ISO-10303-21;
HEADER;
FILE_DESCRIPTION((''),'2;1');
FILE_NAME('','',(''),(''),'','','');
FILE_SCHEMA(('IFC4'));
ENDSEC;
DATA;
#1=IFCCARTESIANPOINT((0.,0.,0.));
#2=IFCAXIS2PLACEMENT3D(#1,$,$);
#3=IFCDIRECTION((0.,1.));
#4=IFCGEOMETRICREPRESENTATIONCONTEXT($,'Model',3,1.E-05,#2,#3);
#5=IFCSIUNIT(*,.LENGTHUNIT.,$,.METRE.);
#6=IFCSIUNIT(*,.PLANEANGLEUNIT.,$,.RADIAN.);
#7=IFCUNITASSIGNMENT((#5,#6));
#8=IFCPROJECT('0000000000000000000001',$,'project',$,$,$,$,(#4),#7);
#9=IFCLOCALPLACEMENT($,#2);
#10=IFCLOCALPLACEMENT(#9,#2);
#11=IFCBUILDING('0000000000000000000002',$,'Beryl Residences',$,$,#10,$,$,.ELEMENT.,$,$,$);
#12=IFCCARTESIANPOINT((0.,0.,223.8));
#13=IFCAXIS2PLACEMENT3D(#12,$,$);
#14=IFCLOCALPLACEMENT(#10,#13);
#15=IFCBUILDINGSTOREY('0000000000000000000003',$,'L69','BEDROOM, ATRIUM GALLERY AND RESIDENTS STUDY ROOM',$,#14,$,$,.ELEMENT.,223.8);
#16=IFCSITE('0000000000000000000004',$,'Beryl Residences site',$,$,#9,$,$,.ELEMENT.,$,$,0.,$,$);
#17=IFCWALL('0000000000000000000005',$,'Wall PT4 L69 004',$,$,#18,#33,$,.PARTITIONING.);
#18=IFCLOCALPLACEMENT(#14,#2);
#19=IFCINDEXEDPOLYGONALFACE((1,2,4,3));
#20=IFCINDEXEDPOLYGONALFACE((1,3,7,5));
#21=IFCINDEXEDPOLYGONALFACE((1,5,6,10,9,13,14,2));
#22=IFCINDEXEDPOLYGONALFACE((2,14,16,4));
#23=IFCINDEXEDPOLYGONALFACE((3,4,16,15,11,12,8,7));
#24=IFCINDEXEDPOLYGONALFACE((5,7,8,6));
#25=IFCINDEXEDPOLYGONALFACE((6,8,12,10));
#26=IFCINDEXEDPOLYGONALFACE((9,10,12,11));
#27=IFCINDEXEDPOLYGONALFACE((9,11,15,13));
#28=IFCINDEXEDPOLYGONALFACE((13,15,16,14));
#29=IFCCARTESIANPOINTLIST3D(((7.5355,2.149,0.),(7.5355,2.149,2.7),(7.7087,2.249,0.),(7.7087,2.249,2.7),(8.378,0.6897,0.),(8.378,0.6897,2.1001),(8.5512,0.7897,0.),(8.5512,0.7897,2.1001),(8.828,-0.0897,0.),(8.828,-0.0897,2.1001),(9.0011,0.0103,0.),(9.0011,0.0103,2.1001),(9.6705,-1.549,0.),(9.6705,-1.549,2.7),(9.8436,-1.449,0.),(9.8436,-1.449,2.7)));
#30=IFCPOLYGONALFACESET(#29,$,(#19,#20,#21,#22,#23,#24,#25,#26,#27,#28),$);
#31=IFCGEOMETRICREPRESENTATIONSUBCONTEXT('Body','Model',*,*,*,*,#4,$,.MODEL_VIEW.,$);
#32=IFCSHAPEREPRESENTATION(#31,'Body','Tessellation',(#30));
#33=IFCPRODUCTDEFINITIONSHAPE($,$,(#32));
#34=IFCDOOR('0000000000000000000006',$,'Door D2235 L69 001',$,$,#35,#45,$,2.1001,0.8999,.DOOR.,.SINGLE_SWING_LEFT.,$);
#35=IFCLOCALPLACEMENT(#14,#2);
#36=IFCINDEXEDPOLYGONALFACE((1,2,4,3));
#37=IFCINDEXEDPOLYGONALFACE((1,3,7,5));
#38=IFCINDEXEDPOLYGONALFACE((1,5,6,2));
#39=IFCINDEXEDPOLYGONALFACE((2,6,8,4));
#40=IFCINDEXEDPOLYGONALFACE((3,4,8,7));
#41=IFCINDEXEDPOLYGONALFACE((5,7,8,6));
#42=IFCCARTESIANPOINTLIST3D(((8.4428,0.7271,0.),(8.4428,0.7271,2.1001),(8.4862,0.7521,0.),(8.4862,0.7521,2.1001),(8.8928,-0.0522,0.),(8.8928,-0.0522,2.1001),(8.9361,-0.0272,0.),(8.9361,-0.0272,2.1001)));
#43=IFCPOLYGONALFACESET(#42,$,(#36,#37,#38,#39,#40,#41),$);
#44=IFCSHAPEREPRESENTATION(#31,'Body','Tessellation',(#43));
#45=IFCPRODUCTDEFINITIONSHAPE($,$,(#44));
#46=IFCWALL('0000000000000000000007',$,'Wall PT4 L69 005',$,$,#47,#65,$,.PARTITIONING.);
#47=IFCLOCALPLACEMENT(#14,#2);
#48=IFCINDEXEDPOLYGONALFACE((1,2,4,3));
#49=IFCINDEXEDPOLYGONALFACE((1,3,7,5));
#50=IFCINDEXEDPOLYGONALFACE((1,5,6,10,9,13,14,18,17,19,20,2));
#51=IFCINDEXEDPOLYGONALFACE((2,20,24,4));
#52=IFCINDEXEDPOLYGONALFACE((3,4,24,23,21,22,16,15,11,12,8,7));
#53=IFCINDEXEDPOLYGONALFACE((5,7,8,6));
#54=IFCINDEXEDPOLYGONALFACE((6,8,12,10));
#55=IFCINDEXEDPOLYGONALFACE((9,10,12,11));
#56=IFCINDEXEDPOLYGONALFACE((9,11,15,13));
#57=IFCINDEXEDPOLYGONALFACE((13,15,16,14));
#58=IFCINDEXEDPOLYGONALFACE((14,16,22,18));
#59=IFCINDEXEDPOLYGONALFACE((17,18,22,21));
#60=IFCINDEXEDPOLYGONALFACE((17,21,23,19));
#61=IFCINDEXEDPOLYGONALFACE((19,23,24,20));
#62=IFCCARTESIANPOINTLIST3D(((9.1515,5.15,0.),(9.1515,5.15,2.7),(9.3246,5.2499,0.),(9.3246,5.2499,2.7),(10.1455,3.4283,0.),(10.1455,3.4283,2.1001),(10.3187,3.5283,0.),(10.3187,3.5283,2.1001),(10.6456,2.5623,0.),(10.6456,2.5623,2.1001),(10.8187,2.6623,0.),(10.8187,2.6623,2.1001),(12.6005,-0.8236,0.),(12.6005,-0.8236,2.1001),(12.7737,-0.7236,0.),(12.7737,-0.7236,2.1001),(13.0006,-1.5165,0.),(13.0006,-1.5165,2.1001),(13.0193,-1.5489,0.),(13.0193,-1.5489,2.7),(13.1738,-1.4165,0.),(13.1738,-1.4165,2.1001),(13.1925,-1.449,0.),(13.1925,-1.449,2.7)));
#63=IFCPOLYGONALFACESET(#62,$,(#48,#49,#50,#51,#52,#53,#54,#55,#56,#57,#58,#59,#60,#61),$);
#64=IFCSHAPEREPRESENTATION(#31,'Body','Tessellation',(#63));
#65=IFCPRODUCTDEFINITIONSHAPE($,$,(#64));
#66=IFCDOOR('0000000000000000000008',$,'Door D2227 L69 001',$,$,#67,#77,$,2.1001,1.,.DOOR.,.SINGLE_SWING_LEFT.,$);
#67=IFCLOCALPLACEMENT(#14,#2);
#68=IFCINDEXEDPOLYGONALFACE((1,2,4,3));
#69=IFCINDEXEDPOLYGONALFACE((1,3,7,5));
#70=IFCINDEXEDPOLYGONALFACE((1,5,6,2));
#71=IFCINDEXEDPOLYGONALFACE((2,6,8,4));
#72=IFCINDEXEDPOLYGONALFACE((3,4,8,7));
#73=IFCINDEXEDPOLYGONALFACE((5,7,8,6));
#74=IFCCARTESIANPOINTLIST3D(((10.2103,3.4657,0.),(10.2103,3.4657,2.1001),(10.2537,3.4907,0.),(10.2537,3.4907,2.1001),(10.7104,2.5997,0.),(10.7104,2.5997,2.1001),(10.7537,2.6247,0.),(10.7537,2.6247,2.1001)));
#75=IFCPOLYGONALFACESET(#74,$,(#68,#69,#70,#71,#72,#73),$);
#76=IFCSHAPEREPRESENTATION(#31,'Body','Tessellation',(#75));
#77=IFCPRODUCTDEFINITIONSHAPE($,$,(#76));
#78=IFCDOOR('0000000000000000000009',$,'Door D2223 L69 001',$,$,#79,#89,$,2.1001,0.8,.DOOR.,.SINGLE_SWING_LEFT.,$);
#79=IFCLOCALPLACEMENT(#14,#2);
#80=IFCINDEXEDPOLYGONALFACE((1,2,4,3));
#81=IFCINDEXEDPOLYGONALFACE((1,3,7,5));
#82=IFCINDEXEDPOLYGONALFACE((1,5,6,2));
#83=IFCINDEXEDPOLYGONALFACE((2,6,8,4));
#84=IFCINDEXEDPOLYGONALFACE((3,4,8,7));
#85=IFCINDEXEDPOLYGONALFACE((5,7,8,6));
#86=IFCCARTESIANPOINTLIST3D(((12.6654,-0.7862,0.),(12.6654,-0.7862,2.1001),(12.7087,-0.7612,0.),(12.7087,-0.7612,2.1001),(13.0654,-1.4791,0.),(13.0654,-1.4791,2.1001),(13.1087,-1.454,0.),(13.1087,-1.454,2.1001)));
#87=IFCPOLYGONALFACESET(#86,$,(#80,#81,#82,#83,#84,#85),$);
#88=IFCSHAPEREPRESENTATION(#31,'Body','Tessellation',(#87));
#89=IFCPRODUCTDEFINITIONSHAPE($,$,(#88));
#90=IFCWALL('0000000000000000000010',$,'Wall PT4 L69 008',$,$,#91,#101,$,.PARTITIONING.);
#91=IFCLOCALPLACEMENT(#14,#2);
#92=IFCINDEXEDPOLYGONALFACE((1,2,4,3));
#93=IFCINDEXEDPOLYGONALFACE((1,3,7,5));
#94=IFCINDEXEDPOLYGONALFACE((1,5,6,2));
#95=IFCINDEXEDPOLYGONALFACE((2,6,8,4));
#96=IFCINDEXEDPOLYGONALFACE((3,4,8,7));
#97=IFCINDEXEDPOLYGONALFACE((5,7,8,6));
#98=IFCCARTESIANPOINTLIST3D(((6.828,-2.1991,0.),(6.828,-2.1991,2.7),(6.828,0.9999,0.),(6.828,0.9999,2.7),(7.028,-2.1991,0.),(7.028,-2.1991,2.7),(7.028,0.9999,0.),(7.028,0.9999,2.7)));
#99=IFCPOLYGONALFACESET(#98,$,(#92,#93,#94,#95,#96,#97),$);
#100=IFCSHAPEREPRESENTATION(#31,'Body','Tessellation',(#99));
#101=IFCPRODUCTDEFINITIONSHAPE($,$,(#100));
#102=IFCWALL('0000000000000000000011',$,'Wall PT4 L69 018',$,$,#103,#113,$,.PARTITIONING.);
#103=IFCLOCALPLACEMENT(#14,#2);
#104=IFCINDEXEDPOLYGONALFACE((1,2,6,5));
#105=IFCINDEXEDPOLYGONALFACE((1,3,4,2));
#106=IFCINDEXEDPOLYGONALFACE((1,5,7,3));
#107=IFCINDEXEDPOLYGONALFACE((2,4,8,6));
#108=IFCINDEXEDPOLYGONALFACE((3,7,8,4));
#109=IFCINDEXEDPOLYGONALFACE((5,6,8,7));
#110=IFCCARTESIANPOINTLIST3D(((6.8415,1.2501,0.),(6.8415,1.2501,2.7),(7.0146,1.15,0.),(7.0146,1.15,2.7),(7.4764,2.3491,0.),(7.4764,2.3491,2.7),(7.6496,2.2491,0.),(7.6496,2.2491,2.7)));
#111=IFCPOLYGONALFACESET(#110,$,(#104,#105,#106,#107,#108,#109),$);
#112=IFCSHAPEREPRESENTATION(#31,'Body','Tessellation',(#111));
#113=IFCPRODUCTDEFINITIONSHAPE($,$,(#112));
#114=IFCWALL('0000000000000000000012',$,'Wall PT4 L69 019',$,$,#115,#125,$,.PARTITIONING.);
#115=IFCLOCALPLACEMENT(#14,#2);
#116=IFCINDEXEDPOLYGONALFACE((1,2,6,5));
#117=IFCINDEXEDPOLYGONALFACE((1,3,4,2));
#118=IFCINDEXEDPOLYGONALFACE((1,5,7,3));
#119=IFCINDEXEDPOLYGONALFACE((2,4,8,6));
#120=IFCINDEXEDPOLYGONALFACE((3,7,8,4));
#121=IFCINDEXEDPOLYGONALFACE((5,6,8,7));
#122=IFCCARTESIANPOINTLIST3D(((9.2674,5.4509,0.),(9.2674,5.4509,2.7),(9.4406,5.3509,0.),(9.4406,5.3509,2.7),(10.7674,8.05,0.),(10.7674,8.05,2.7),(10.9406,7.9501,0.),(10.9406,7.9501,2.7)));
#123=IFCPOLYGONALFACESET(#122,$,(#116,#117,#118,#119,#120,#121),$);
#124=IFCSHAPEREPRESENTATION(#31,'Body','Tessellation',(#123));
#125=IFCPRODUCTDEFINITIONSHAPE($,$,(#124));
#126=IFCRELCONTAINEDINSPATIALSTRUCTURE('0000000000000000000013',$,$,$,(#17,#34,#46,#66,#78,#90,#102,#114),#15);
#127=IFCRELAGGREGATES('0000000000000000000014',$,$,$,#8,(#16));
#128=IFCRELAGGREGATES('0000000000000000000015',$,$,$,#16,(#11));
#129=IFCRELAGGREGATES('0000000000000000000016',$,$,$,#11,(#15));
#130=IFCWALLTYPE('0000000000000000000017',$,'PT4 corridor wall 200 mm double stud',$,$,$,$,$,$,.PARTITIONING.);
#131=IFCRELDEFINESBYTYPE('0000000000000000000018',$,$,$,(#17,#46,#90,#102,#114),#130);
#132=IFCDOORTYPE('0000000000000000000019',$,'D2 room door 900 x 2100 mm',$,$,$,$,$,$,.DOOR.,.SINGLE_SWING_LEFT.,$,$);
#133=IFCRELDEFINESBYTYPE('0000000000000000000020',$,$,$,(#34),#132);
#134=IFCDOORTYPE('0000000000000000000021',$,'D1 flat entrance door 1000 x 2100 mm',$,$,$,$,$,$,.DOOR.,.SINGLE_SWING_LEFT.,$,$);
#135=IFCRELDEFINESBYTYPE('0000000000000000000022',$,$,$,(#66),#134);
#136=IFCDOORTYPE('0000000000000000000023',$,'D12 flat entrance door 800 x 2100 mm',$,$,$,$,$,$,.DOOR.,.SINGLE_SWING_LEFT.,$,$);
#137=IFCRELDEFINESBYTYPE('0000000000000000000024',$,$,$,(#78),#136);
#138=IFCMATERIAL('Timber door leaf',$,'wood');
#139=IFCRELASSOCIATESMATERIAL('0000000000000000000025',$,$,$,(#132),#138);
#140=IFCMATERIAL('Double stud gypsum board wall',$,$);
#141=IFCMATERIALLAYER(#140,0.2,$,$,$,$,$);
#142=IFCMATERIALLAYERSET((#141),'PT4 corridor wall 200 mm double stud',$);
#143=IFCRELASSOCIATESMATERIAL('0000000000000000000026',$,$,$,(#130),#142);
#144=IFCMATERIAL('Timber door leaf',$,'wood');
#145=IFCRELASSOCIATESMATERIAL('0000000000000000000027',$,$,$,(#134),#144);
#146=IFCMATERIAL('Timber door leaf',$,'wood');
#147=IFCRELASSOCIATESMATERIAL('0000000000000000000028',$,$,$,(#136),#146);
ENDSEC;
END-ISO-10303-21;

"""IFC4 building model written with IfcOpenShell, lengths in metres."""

from ifc_helpers import new_model, si_unit, direction, frame, frame_2d, origin, place, context, subcontext, project, spatial, rectangle, extrude, material, layer, layer_set, type_object, element, fill, save


model = new_model("IFC4")

# Units and contexts
model_context = context("Model", 3, precision=1e-05, world=origin(), true_north=direction((0.0, 1.0)))
body_context = subcontext(model_context, "Body", "Model", "MODEL_VIEW")
ifc_project = project(units=[si_unit("LENGTHUNIT", "METRE"), si_unit("PLANEANGLEUNIT", "RADIAN")], contexts=[model_context])

# Site, building, storey
site_placement = place(None, origin())
site = spatial("IfcSite", under=ifc_project, at=site_placement, Name="Beryl Residences site", CompositionType="ELEMENT", RefElevation=0.0)
building_placement = place(site_placement, origin())
building = spatial("IfcBuilding", under=site, at=building_placement, Name="Beryl Residences", CompositionType="ELEMENT")
storey_placement = place(building_placement, frame((0.0, 0.0, 223.8)))
storey = spatial("IfcBuildingStorey", under=building, at=storey_placement, Name="L69", Description="BEDROOM, ATRIUM GALLERY AND RESIDENTS STUDY ROOM", CompositionType="ELEMENT", Elevation=223.8)

# Shared definitions
ifc_material_1 = material(Name="Timber door leaf", Category="wood")
door_type_1 = type_object("IfcDoorType", Name="D2 room door 900 x 2100 mm", OperationType="SINGLE_SWING_LEFT", PredefinedType="DOOR", material=ifc_material_1)

# Wall, opening, door
ifc_material_2 = material(Name="Double stud gypsum board wall")
ifc_layer_1 = layer(ifc_material_2, 0.2)
ifc_layer_set_1 = layer_set([ifc_layer_1], Name="PT4 corridor wall 200 mm double stud")
wall_type_1 = type_object("IfcWallType", Name="PT4 corridor wall 200 mm double stud", PredefinedType="PARTITIONING", material=ifc_layer_set_1)
wall_1_placement = place(storey_placement, frame((7.6221, 2.199, 0.0), z_axis=(0.0, 0.0, 1.0), x_axis=(0.499995, -0.866028, 0.0)))
wall_1 = element("IfcWall", 1, at=wall_1_placement, inside=storey, type_object=wall_type_1, Name="Wall PT4 L69 004", PredefinedType="PARTITIONING", context=body_context, shape_type="SweptSolid", body=[
    extrude(rectangle(XDim=4.27, YDim=0.2, at=frame_2d((2.135, 0.0))), origin(), (0.0, 0.0, 1.0), 2.7),
])
opening_1_placement = place(wall_1_placement, frame((1.6851, 0.0, 0.0)))
opening_1 = element("IfcOpeningElement", 2, at=opening_1_placement, cuts=wall_1, PredefinedType="OPENING", context=body_context, shape_type="SweptSolid", body=[
    extrude(rectangle(XDim=0.8999, YDim=2.1001, at=frame_2d((0.45, 1.05))), frame((0.0, 0.1099, 0.0), z_axis=(0.0, -1.0, 0.0), x_axis=(1.0, 0.0, 0.0)), (0.0, 0.0, 1.0), 0.22),
])
door_1_placement = place(opening_1_placement, origin())
door_1 = element("IfcDoor", 3, at=door_1_placement, inside=storey, type_object=door_type_1, Name="Door D2235 L69 001", OperationType="SINGLE_SWING_LEFT", OverallHeight=2.1001, OverallWidth=0.8999, PredefinedType="DOOR", context=body_context, shape_type="SweptSolid", body=[
    extrude(rectangle(XDim=0.8999, YDim=2.1001, at=frame_2d((0.45, 1.05))), frame((0.0, 0.0249, 0.0), z_axis=(0.0, -1.0, 0.0), x_axis=(1.0, 0.0, 0.0)), (0.0, 0.0, 1.0), 0.05),
])
fill(opening_1, door_1)

# Wall, openings, doors
wall_2_placement = place(storey_placement, frame((9.238, 5.2, 0.0), z_axis=(0.0, 0.0, 1.0), x_axis=(0.500026, -0.866011, 0.0)))
wall_2 = element("IfcWall", 4, at=wall_2_placement, inside=storey, type_object=wall_type_1, Name="Wall PT4 L69 005", PredefinedType="PARTITIONING", context=body_context, shape_type="SweptSolid", body=[
    extrude(rectangle(XDim=7.7354, YDim=0.2, at=frame_2d((3.8677, 0.0))), origin(), (0.0, 0.0, 1.0), 2.7),
])
opening_2_placement = place(wall_2_placement, frame((6.8979, 0.0, 0.0)))
opening_2 = element("IfcOpeningElement", 5, at=opening_2_placement, cuts=wall_2, PredefinedType="OPENING", context=body_context, shape_type="SweptSolid", body=[
    extrude(rectangle(XDim=0.8, YDim=2.1001, at=frame_2d((0.3999, 1.05))), frame((0.0, 0.1099, 0.0), z_axis=(0.0, -1.0, 0.0), x_axis=(1.0, 0.0, 0.0)), (0.0, 0.0, 1.0), 0.22),
])
opening_3_placement = place(wall_2_placement, frame((1.988, 0.0, 0.0)))
opening_3 = element("IfcOpeningElement", 6, at=opening_3_placement, cuts=wall_2, PredefinedType="OPENING", context=body_context, shape_type="SweptSolid", body=[
    extrude(rectangle(XDim=1.0, YDim=2.1001, at=frame_2d((0.5, 1.05))), frame((0.0, 0.1099, 0.0), z_axis=(0.0, -1.0, 0.0), x_axis=(1.0, 0.0, 0.0)), (0.0, 0.0, 1.0), 0.22),
])
ifc_material_3 = material(Name="Timber door leaf", Category="wood")
door_type_2 = type_object("IfcDoorType", Name="D1 flat entrance door 1000 x 2100 mm", OperationType="SINGLE_SWING_LEFT", PredefinedType="DOOR", material=ifc_material_3)
door_2_placement = place(opening_3_placement, origin())
door_2 = element("IfcDoor", 7, at=door_2_placement, inside=storey, type_object=door_type_2, Name="Door D2227 L69 001", OperationType="SINGLE_SWING_LEFT", OverallHeight=2.1001, OverallWidth=1.0, PredefinedType="DOOR", context=body_context, shape_type="SweptSolid", body=[
    extrude(rectangle(XDim=1.0, YDim=2.1001, at=frame_2d((0.5, 1.05))), frame((0.0, 0.0249, 0.0), z_axis=(0.0, -1.0, 0.0), x_axis=(1.0, 0.0, 0.0)), (0.0, 0.0, 1.0), 0.05),
])
fill(opening_3, door_2)
ifc_material_4 = material(Name="Timber door leaf", Category="wood")
door_type_3 = type_object("IfcDoorType", Name="D12 flat entrance door 800 x 2100 mm", OperationType="SINGLE_SWING_LEFT", PredefinedType="DOOR", material=ifc_material_4)
door_3_placement = place(opening_2_placement, origin())
door_3 = element("IfcDoor", 8, at=door_3_placement, inside=storey, type_object=door_type_3, Name="Door D2223 L69 001", OperationType="SINGLE_SWING_LEFT", OverallHeight=2.1001, OverallWidth=0.8, PredefinedType="DOOR", context=body_context, shape_type="SweptSolid", body=[
    extrude(rectangle(XDim=0.8, YDim=2.1001, at=frame_2d((0.3999, 1.05))), frame((0.0, 0.0249, 0.0), z_axis=(0.0, -1.0, 0.0), x_axis=(1.0, 0.0, 0.0)), (0.0, 0.0, 1.0), 0.05),
])
fill(opening_2, door_3)

# Walls
wall_3_placement = place(storey_placement, frame((6.928, 1.0, 0.0), z_axis=(0.0, 0.0, 1.0), x_axis=(0.0, -1.0, 0.0)))
element("IfcWall", 9, at=wall_3_placement, inside=storey, type_object=wall_type_1, Name="Wall PT4 L69 008", PredefinedType="PARTITIONING", context=body_context, shape_type="SweptSolid", body=[
    extrude(rectangle(XDim=3.199, YDim=0.2, at=frame_2d((1.5996, 0.0))), origin(), (0.0, 0.0, 1.0), 2.7),
])
wall_4_placement = place(storey_placement, frame((6.928, 1.2, 0.0), z_axis=(0.0, 0.0, 1.0), x_axis=(0.500255, 0.865878, 0.0)))
element("IfcWall", 10, at=wall_4_placement, inside=storey, type_object=wall_type_1, Name="Wall PT4 L69 018", PredefinedType="PARTITIONING", context=body_context, shape_type="SweptSolid", body=[
    extrude(rectangle(XDim=1.2693, YDim=0.2, at=frame_2d((0.6348, 0.0))), origin(), (0.0, 0.0, 1.0), 2.7),
])
wall_5_placement = place(storey_placement, frame((9.354, 5.4009, 0.0), z_axis=(0.0, 0.0, 1.0), x_axis=(0.499849, 0.866112, 0.0)))
element("IfcWall", 11, at=wall_5_placement, inside=storey, type_object=wall_type_1, Name="Wall PT4 L69 019", PredefinedType="PARTITIONING", context=body_context, shape_type="SweptSolid", body=[
    extrude(rectangle(XDim=3.001, YDim=0.2, at=frame_2d((1.5005, 0.0))), origin(), (0.0, 0.0, 1.0), 2.7),
])

save(model, "model.ifc")
